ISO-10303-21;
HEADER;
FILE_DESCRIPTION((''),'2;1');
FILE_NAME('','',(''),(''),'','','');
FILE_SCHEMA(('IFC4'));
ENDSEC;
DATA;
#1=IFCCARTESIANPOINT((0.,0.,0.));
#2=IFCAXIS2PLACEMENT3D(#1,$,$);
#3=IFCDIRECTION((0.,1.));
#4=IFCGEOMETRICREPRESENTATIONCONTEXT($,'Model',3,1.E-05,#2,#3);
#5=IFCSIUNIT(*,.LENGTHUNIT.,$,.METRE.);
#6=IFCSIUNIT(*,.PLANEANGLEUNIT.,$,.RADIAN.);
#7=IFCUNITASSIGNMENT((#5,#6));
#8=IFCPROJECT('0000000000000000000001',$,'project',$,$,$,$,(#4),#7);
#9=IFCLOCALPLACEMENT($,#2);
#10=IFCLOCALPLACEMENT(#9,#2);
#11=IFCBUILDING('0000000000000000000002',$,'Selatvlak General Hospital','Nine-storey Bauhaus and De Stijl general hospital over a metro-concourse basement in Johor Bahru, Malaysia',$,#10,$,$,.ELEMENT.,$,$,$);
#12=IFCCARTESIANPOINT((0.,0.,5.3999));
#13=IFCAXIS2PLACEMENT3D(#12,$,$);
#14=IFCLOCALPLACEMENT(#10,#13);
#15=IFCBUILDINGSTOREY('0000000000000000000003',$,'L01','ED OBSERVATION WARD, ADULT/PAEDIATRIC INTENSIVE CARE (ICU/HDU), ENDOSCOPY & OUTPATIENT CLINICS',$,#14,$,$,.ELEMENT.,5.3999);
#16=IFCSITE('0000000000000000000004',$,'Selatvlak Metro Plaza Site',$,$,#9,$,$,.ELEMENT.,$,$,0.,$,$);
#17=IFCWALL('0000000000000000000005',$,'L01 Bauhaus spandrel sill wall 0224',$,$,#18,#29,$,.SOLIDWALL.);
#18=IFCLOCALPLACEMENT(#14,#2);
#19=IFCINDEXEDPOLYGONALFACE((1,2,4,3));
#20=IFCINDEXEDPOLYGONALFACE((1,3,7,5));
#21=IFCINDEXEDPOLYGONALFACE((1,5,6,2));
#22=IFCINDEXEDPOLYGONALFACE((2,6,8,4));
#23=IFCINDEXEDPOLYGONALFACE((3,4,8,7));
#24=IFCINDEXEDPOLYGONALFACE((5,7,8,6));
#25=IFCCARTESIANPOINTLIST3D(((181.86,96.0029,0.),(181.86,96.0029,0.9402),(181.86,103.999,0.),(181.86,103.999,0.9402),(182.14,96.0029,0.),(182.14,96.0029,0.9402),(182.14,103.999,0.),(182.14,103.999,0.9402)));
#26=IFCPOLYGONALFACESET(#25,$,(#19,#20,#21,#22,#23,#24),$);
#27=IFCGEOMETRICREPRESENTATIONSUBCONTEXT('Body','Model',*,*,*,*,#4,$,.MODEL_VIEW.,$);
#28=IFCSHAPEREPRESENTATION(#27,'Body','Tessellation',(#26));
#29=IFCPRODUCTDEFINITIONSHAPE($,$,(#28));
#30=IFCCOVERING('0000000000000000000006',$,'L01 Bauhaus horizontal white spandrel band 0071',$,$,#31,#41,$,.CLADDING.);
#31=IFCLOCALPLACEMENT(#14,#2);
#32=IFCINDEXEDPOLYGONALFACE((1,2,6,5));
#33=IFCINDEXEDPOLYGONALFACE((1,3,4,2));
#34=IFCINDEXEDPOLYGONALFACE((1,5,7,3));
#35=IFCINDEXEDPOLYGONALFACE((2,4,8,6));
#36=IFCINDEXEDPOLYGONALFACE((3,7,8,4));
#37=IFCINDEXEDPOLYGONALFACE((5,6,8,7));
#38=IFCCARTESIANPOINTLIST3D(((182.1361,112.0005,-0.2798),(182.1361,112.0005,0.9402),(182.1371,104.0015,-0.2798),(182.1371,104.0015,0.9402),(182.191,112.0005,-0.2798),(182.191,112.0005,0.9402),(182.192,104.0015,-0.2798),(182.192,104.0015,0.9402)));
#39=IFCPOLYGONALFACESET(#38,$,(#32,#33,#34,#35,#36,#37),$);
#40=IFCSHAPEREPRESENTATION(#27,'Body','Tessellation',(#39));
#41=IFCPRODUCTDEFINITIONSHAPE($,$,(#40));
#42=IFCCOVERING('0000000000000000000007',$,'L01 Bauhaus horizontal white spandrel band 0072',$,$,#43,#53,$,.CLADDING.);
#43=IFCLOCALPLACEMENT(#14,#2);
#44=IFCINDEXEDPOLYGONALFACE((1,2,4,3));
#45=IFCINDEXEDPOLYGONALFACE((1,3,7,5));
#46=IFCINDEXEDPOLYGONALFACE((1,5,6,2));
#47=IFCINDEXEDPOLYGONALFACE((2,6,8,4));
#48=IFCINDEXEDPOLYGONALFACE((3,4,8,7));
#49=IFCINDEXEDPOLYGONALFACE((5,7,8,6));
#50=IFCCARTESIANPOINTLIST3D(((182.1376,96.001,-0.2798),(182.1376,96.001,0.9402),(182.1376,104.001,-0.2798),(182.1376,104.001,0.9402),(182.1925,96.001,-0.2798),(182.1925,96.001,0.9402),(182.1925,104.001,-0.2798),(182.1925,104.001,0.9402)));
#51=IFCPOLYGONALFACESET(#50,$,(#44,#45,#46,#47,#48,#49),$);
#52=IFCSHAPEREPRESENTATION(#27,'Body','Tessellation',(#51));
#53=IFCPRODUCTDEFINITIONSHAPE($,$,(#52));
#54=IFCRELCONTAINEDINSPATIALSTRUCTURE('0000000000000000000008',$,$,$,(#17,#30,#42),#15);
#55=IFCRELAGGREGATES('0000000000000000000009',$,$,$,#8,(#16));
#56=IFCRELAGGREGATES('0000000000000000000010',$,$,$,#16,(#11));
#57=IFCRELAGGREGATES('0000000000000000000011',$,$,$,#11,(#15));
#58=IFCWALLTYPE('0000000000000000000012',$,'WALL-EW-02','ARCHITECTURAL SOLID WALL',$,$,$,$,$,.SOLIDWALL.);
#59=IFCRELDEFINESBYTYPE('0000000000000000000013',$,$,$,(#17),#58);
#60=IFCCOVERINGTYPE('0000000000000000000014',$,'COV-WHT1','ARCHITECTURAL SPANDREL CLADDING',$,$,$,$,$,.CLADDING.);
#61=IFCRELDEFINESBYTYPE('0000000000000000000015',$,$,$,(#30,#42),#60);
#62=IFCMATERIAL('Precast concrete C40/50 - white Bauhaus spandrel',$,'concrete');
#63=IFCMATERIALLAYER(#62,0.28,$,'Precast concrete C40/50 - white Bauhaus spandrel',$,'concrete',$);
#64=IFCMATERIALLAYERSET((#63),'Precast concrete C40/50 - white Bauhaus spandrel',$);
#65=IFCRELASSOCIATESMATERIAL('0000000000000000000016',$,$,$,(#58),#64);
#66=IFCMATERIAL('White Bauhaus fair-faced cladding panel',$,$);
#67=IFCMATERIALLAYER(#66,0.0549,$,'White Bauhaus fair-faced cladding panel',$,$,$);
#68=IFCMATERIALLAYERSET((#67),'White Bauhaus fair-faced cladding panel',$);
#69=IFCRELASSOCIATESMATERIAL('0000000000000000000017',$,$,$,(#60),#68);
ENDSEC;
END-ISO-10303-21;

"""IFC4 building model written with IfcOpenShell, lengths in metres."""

from ifc_helpers import new_model, si_unit, direction, frame, frame_2d, origin, origin_2d, place, context, subcontext, project, spatial, rectangle, extrude, material, layer, layer_set, type_object, element, save


model = new_model("IFC4")

# Units and contexts
model_context = context("Model", 3, precision=1e-05, world=origin(), true_north=direction((0.0, 1.0)))
body_context = subcontext(model_context, "Body", "Model", "MODEL_VIEW")
ifc_project = project(units=[si_unit("LENGTHUNIT", "METRE"), si_unit("PLANEANGLEUNIT", "RADIAN")], contexts=[model_context])

# Site, building, storey
site_placement = place(None, origin())
site = spatial("IfcSite", under=ifc_project, at=site_placement, Name="Selatvlak Metro Plaza Site", CompositionType="ELEMENT", RefElevation=0.0)
building_placement = place(site_placement, origin())
building = spatial("IfcBuilding", under=site, at=building_placement, Name="Selatvlak General Hospital", Description="Nine-storey Bauhaus and De Stijl general hospital over a metro-concourse basement in Johor Bahru, Malaysia", CompositionType="ELEMENT")
storey_placement = place(building_placement, frame((0.0, 0.0, 5.3999)))
storey = spatial("IfcBuildingStorey", under=building, at=storey_placement, Name="L01", Description="ED OBSERVATION WARD, ADULT/PAEDIATRIC INTENSIVE CARE (ICU/HDU), ENDOSCOPY & OUTPATIENT CLINICS", CompositionType="ELEMENT", Elevation=5.3999)

# Wall
ifc_material_1 = material(Name="Precast concrete C40/50 - white Bauhaus spandrel", Category="concrete")
ifc_layer_1 = layer(ifc_material_1, 0.28, Name="Precast concrete C40/50 - white Bauhaus spandrel", Category="concrete")
ifc_layer_set_1 = layer_set([ifc_layer_1], Name="Precast concrete C40/50 - white Bauhaus spandrel")
wall_type = type_object("IfcWallType", Name="WALL-EW-02", Description="ARCHITECTURAL SOLID WALL", PredefinedType="SOLIDWALL", material=ifc_layer_set_1)
wall_placement = place(storey_placement, frame((182.0, 103.999, 0.0), z_axis=(0.0, 0.0, 1.0), x_axis=(0.0, -1.0, 0.0)))
element("IfcWall", 1, at=wall_placement, inside=storey, type_object=wall_type, Name="L01 Bauhaus spandrel sill wall 0224", PredefinedType="SOLIDWALL", context=body_context, shape_type="SweptSolid", body=[
    extrude(rectangle(XDim=7.9961, YDim=0.28, at=frame_2d((3.998, 0.0))), origin(), (0.0, 0.0, 1.0), 0.9402),
])

# Coverings
ifc_material_2 = material(Name="White Bauhaus fair-faced cladding panel")
ifc_layer_2 = layer(ifc_material_2, 0.0549, Name="White Bauhaus fair-faced cladding panel")
ifc_layer_set_2 = layer_set([ifc_layer_2], Name="White Bauhaus fair-faced cladding panel")
covering_type = type_object("IfcCoveringType", Name="COV-WHT1", Description="ARCHITECTURAL SPANDREL CLADDING", PredefinedType="CLADDING", material=ifc_layer_set_2)
covering_1_placement = place(storey_placement, frame((182.1641, 108.001, -0.2798), z_axis=(0.0, 0.0, 1.0), x_axis=(0.000122, -1.0, 0.0)))
element("IfcCovering", 2, at=covering_1_placement, inside=storey, type_object=covering_type, Name="L01 Bauhaus horizontal white spandrel band 0071", PredefinedType="CLADDING", context=body_context, shape_type="SweptSolid", body=[
    extrude(rectangle(XDim=7.999, YDim=0.0549, at=origin_2d()), origin(), (0.0, 0.0, 1.0), 1.22),
])
covering_2_placement = place(storey_placement, frame((182.165, 100.001, -0.2798), z_axis=(0.0, 0.0, 1.0), x_axis=(0.0, -1.0, 0.0)))
element("IfcCovering", 3, at=covering_2_placement, inside=storey, type_object=covering_type, Name="L01 Bauhaus horizontal white spandrel band 0072", PredefinedType="CLADDING", context=body_context, shape_type="SweptSolid", body=[
    extrude(rectangle(XDim=8.0, YDim=0.0549, at=origin_2d()), origin(), (0.0, 0.0, 1.0), 1.22),
])

save(model, "model.ifc")
